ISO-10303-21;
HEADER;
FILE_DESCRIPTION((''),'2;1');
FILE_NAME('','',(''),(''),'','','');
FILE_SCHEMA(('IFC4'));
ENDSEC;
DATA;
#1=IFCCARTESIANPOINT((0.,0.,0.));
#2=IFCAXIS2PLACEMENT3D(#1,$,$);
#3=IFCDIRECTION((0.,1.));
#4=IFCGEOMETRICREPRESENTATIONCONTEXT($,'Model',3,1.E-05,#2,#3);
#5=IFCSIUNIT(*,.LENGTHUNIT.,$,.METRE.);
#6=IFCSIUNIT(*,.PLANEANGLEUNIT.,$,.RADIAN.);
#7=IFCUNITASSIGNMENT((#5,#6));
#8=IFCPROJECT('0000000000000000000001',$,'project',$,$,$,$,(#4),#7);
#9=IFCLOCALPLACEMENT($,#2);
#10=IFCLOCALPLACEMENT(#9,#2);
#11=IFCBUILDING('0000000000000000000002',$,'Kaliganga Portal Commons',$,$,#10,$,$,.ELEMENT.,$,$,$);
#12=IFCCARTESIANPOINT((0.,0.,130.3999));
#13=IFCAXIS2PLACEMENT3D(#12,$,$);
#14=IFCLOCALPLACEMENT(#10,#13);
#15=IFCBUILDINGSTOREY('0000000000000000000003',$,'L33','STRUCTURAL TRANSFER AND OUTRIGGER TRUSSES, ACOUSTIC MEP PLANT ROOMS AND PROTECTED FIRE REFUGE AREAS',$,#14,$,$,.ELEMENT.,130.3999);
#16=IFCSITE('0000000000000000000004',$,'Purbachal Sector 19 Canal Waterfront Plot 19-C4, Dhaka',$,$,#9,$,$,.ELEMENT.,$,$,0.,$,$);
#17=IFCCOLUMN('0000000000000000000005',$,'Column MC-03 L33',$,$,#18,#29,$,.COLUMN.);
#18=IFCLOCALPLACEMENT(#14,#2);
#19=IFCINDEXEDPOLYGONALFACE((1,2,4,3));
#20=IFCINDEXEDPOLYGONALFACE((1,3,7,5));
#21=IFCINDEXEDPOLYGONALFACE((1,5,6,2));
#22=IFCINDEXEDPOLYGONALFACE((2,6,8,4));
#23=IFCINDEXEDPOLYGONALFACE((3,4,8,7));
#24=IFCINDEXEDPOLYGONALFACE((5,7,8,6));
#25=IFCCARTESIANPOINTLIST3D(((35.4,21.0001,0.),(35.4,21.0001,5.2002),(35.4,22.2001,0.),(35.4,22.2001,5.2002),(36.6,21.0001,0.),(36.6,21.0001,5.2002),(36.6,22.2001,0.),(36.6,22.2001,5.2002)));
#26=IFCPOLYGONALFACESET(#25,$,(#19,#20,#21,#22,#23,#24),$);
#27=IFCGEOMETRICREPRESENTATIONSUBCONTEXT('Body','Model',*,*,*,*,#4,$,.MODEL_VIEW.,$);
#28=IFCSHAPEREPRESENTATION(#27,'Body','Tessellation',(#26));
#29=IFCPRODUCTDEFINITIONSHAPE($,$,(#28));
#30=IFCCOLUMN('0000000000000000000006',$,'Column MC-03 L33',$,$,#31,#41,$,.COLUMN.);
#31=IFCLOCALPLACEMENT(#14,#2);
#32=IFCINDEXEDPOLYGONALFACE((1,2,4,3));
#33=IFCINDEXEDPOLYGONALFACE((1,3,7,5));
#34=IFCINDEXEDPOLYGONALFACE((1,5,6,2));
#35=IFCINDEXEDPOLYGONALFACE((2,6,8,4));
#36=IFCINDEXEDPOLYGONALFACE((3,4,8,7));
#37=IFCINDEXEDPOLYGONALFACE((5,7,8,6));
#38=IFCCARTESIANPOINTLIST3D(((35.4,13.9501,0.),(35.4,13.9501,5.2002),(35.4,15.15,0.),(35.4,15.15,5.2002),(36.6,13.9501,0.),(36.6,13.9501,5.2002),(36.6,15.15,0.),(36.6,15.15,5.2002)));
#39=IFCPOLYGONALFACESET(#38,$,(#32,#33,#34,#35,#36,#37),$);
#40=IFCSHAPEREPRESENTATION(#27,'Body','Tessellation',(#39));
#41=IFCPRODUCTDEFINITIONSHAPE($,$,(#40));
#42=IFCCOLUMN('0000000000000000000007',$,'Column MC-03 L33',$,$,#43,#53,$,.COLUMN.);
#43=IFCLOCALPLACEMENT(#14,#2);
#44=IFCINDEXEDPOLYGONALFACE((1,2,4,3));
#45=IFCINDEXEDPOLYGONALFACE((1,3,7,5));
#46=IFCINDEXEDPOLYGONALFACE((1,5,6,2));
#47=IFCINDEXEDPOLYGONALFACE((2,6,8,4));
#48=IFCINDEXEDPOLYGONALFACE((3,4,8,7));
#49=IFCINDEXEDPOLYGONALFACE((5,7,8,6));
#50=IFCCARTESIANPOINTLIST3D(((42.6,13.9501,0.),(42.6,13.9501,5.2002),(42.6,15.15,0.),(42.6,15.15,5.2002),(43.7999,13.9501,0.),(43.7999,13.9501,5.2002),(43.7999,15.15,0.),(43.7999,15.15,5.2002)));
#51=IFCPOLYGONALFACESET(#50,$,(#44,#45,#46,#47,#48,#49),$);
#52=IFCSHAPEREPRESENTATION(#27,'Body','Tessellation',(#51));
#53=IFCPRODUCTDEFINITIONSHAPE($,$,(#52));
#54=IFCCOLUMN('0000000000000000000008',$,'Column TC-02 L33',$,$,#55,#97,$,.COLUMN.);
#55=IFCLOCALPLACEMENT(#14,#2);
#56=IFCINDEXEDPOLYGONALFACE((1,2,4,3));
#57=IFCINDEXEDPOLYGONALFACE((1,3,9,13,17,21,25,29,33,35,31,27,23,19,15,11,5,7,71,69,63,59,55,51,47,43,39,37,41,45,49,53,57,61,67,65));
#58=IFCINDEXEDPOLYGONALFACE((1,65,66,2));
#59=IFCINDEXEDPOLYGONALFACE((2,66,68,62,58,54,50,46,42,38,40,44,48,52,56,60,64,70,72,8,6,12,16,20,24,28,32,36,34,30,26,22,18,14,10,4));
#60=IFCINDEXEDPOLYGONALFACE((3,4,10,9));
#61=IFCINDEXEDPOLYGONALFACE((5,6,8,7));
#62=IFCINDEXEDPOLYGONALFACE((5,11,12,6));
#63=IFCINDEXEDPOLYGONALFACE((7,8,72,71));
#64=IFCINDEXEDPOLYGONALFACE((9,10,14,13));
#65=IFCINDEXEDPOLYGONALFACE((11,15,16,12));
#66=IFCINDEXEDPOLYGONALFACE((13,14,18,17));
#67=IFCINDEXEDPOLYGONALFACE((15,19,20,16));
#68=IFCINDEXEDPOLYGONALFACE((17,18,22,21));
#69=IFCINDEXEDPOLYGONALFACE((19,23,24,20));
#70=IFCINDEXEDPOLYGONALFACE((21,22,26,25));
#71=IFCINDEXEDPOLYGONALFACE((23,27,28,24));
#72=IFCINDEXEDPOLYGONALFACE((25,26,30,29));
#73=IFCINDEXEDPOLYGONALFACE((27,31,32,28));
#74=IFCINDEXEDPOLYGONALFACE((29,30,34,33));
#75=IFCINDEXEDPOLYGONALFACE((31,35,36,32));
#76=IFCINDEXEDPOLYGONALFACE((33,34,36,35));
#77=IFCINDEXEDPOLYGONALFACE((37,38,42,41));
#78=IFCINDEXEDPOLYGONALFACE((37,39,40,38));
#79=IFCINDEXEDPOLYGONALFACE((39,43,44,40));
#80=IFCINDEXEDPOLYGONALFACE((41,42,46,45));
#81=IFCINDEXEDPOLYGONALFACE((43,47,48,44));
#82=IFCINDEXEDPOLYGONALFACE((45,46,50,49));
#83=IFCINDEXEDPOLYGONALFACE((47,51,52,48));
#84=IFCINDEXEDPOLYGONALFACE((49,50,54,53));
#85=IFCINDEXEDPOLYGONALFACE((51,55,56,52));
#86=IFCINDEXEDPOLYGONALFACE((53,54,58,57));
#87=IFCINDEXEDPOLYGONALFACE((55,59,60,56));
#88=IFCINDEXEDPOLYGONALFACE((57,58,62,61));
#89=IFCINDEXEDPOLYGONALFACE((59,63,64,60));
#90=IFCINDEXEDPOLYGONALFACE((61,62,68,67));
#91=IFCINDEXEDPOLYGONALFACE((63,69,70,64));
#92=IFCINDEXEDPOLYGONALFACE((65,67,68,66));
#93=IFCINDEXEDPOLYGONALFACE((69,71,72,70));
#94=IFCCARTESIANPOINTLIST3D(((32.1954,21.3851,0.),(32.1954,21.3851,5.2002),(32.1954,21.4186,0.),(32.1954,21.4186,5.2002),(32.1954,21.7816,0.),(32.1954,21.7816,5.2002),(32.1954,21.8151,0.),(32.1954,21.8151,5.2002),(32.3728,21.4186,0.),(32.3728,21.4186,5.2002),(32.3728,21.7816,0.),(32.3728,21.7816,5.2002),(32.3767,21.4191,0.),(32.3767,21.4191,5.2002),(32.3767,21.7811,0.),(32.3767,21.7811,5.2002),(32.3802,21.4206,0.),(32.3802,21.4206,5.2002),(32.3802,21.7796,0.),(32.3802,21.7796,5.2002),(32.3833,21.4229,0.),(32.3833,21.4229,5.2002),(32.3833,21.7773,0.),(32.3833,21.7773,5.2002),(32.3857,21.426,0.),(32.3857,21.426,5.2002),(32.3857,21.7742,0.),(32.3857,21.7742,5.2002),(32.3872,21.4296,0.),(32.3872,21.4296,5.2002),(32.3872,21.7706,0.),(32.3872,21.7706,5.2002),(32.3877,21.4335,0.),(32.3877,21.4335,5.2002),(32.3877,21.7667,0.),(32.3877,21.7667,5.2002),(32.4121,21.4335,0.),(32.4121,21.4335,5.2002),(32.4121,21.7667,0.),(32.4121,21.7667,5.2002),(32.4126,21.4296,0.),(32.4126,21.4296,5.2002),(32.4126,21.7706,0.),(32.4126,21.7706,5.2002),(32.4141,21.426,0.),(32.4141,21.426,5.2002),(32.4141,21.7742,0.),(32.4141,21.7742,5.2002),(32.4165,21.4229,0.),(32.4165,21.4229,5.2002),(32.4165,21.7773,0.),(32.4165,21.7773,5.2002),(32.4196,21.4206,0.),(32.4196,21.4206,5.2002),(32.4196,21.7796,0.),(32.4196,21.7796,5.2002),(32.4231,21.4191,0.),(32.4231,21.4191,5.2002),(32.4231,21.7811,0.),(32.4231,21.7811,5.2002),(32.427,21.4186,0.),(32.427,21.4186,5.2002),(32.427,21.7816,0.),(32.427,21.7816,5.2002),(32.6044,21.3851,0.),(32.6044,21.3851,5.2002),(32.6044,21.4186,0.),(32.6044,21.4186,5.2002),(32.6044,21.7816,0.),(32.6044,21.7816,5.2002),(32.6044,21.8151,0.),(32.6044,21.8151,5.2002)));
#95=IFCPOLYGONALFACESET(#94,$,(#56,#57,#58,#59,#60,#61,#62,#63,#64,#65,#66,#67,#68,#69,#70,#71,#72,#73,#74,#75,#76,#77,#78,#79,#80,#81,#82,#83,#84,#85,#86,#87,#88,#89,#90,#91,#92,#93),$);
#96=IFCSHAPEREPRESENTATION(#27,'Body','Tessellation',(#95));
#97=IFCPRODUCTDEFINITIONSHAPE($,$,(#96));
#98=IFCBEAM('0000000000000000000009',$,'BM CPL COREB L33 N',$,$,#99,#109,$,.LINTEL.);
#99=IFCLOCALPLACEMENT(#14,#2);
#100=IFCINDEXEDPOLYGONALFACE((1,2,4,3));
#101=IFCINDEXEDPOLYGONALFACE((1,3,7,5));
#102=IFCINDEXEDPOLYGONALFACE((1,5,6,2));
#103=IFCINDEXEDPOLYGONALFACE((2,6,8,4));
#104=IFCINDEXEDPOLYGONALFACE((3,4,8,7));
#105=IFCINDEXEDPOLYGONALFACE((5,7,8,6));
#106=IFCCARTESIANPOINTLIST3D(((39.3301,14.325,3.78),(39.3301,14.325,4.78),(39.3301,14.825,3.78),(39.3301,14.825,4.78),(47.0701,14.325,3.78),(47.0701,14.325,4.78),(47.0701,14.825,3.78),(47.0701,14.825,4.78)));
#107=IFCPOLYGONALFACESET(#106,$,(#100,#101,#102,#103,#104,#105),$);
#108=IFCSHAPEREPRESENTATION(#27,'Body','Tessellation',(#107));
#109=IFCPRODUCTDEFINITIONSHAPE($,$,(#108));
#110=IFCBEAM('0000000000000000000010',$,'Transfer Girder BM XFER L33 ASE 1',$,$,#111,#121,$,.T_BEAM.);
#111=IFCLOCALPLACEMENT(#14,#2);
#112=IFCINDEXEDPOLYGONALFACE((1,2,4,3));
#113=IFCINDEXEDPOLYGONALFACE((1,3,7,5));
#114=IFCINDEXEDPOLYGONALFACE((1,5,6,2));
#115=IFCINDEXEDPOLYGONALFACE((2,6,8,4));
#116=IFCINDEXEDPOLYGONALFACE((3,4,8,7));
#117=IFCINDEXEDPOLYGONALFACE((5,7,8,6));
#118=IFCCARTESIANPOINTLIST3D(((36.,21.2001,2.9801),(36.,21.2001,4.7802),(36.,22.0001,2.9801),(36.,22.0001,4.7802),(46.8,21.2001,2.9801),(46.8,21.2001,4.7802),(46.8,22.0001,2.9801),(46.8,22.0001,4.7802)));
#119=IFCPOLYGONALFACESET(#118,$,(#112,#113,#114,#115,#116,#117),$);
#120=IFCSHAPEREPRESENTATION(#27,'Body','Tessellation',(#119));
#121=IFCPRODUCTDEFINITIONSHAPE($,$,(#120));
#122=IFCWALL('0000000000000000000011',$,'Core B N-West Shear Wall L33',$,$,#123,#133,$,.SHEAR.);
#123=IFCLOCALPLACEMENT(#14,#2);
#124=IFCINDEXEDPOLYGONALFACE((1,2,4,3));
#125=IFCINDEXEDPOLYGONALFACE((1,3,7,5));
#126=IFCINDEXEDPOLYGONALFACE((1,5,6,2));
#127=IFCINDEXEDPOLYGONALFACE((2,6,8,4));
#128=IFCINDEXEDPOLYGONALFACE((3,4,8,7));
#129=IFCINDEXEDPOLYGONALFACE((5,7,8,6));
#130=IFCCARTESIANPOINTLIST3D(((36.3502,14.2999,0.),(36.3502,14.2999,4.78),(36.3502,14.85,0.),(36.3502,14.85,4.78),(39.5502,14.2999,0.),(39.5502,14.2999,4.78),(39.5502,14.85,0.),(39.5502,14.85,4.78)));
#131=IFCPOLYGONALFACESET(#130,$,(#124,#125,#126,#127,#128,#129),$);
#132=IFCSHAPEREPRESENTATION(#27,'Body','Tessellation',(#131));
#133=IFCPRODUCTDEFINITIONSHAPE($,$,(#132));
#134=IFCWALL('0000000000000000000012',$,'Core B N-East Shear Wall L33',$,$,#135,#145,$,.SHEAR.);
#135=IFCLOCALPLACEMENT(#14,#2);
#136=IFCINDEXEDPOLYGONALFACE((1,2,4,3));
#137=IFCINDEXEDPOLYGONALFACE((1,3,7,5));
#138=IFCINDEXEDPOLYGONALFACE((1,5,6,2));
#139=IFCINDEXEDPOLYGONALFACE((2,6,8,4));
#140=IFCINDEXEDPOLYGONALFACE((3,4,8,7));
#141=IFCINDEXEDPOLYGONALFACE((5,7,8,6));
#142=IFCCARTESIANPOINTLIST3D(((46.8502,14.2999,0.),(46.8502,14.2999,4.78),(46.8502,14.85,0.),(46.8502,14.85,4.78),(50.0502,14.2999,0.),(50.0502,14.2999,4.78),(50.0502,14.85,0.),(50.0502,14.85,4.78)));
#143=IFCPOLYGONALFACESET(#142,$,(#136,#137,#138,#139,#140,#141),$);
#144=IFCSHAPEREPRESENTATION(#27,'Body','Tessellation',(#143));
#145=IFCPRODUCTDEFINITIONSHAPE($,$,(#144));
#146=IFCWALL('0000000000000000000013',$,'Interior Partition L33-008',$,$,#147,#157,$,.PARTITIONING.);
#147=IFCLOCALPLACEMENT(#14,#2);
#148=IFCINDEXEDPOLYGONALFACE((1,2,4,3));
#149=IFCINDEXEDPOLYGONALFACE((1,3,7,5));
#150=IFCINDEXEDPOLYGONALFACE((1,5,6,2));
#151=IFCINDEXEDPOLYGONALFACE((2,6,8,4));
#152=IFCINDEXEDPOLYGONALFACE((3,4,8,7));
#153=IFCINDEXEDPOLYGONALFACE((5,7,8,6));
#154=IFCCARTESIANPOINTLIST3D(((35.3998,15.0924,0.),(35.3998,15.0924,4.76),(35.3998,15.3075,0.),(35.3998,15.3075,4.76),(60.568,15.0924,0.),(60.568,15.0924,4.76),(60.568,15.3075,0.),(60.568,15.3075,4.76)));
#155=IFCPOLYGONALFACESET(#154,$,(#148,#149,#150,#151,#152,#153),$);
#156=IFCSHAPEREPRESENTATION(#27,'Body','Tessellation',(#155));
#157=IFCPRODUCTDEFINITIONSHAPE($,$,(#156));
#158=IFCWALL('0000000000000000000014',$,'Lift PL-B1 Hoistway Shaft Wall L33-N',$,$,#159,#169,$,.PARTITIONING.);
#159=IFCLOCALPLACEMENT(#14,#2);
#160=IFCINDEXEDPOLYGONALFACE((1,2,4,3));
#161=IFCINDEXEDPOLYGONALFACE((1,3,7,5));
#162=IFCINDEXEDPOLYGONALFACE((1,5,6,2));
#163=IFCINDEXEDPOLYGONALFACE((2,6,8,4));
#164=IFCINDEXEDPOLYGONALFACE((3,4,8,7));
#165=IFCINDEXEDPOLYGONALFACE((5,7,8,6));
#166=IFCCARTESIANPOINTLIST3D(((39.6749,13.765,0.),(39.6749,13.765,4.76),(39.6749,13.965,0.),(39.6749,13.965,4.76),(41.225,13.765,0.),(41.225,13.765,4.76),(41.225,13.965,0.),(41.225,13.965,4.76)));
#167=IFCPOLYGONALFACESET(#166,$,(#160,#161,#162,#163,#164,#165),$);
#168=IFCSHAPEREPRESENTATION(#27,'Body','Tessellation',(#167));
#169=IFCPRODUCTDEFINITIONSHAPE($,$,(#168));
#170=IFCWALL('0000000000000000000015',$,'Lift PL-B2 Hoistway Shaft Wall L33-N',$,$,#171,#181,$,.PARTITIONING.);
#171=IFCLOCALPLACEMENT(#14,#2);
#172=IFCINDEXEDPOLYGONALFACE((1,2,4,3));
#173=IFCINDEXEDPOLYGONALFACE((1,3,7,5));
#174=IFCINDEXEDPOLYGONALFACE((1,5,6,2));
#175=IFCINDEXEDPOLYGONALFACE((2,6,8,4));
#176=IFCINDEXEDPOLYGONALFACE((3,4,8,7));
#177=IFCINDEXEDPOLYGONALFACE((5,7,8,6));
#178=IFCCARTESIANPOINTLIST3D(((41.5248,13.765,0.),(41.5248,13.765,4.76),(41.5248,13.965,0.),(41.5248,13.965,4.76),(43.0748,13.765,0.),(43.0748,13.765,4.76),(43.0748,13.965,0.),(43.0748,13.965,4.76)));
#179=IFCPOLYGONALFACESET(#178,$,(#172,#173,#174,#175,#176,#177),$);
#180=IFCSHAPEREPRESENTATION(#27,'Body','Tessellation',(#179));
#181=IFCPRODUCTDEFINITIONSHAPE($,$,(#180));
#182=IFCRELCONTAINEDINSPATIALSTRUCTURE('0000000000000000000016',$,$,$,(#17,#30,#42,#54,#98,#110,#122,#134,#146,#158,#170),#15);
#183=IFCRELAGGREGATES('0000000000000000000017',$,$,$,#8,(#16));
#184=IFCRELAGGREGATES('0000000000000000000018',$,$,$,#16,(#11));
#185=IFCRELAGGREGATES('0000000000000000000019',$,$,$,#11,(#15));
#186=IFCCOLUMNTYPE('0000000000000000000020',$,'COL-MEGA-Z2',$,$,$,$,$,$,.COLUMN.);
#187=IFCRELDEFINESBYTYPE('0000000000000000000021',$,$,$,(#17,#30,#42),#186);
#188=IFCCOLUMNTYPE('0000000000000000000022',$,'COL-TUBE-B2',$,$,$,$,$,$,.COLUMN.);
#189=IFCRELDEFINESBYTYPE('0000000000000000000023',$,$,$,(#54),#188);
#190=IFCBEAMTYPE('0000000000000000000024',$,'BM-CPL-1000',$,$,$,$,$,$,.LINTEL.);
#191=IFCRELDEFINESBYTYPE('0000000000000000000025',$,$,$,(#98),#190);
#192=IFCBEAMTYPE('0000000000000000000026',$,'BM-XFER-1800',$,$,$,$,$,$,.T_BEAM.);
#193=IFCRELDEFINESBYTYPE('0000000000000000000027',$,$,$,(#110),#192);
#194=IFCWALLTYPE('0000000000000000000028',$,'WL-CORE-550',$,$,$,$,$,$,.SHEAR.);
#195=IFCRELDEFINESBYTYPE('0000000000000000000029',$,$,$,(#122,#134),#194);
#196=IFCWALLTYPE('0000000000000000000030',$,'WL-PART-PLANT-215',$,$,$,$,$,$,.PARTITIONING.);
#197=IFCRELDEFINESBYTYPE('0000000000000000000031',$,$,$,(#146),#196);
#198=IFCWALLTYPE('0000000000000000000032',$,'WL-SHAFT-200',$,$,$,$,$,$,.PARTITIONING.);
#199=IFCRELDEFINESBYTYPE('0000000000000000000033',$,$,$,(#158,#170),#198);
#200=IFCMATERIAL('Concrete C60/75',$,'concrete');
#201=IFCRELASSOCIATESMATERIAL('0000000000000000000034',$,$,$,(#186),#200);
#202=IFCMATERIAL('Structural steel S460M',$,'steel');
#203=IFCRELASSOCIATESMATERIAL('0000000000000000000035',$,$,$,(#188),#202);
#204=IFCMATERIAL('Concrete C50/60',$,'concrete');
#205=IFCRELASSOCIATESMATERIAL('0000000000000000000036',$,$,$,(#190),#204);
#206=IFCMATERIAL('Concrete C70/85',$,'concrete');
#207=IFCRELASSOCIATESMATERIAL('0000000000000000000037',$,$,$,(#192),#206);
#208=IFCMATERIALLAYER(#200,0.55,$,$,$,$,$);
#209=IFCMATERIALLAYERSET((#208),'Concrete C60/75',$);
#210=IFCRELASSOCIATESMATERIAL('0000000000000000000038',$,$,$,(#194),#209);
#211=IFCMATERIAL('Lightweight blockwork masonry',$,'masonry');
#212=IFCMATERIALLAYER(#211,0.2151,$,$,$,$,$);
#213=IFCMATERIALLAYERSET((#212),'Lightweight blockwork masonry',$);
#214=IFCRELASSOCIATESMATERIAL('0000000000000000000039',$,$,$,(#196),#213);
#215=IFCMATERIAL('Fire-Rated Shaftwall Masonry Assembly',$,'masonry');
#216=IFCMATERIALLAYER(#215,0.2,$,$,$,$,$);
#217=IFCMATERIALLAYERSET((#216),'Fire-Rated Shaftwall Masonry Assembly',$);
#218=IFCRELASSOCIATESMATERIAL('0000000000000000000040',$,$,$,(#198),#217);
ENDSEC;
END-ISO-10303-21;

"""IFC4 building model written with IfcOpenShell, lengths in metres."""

from ifc_helpers import new_model, si_unit, direction, frame, frame_2d, origin, origin_2d, place, context, subcontext, project, spatial, rectangle, i_section, extrude, source, transform, mapped, material, layer, layer_set, material_profile, profile_set, type_object, element, save


model = new_model("IFC4")

# Units and contexts
model_context = context("Model", 3, precision=1e-05, world=origin(), true_north=direction((0.0, 1.0)))
body_context = subcontext(model_context, "Body", "Model", "MODEL_VIEW")
ifc_project = project(units=[si_unit("LENGTHUNIT", "METRE"), si_unit("PLANEANGLEUNIT", "RADIAN")], contexts=[model_context])

# Site, building, storey
site_placement = place(None, origin())
site = spatial("IfcSite", under=ifc_project, at=site_placement, Name="Purbachal Sector 19 Canal Waterfront Plot 19-C4, Dhaka", CompositionType="ELEMENT", RefElevation=0.0)
building_placement = place(site_placement, origin())
building = spatial("IfcBuilding", under=site, at=building_placement, Name="Kaliganga Portal Commons", CompositionType="ELEMENT")
storey_placement = place(building_placement, frame((0.0, 0.0, 130.3999)))
storey = spatial("IfcBuildingStorey", under=building, at=storey_placement, Name="L33", Description="STRUCTURAL TRANSFER AND OUTRIGGER TRUSSES, ACOUSTIC MEP PLANT ROOMS AND PROTECTED FIRE REFUGE AREAS", CompositionType="ELEMENT", Elevation=130.3999)

# Columns
ifc_material_1 = material(Name="Concrete C60/75", Category="concrete")
ifc_material_profile_1 = material_profile(ifc_material_1, rectangle(XDim=1.2, YDim=1.2, at=origin_2d()), Name="RC 1200x1200")
ifc_profile_set_1 = profile_set([ifc_material_profile_1], Name="Concrete C60/75")
column_type_1 = type_object("IfcColumnType", Name="COL-MEGA-Z2", PredefinedType="COLUMN", material=ifc_profile_set_1)
shared_shape_1 = source(origin(), body_context, "Body", "SweptSolid", [
    extrude(rectangle(XDim=1.2, YDim=1.2, at=origin_2d()), origin(), (0.0, 0.0, 1.0), 5.2002),
])
for number, where, z_axis, x_axis, name in (
    (1, (36.0, 21.6001, 0.0), (0.0, 0.0, 1.0), (1.0, 0.0, 0.0), "Column MC-03 L33"),
    (2, (36.0, 14.55, 0.0), (0.0, 0.0, 1.0), (1.0, 0.0, 0.0), "Column MC-03 L33"),
    (3, (43.2, 14.55, 0.0), (0.0, 0.0, 1.0), (1.0, 0.0, 0.0), "Column MC-03 L33"),
):
    element("IfcColumn", number, at=place(storey_placement, frame(where, z_axis=z_axis, x_axis=x_axis)), inside=storey, type_object=column_type_1, Name=name, PredefinedType="COLUMN", context=body_context, shape_type="MappedRepresentation", body=[
        mapped(shared_shape_1, transform((0.0, 0.0, 0.0), x_axis=(1.0, 0.0, 0.0), y_axis=(0.0, 1.0, 0.0), z_axis=(0.0, 0.0, 1.0), scale=1.0)),
    ])
ifc_material_2 = material(Name="Structural steel S460M", Category="steel")
ifc_material_profile_2 = material_profile(ifc_material_2, i_section(OverallWidth=0.4089, OverallDepth=0.4299, WebThickness=0.0244, FlangeThickness=0.0334, FilletRadius=0.0149, at=origin_2d()), Name="HD 400x421")
ifc_profile_set_2 = profile_set([ifc_material_profile_2], Name="Structural steel S460M wide-flange")
column_type_2 = type_object("IfcColumnType", Name="COL-TUBE-B2", PredefinedType="COLUMN", material=ifc_profile_set_2)
shared_shape_2 = source(origin(), body_context, "Body", "SweptSolid", [
    extrude(i_section(OverallWidth=0.4089, OverallDepth=0.4299, WebThickness=0.0244, FlangeThickness=0.0334, FilletRadius=0.0149, at=origin_2d()), origin(), (0.0, 0.0, 1.0), 5.2002),
])
column_placement = place(storey_placement, frame((32.3999, 21.6001, 0.0), z_axis=(0.0, 0.0, 1.0), x_axis=(1.0, 0.0, 0.0)))
element("IfcColumn", 4, at=column_placement, inside=storey, type_object=column_type_2, Name="Column TC-02 L33", PredefinedType="COLUMN", context=body_context, shape_type="MappedRepresentation", body=[
    mapped(shared_shape_2, transform((0.0, 0.0, 0.0), x_axis=(1.0, 0.0, 0.0), y_axis=(0.0, 1.0, 0.0), z_axis=(0.0, 0.0, 1.0), scale=1.0)),
])

# Beams
ifc_material_3 = material(Name="Concrete C50/60", Category="concrete")
ifc_material_profile_3 = material_profile(ifc_material_3, rectangle(XDim=0.5, YDim=1.0, at=origin_2d()), Name="RC 500x1000")
ifc_profile_set_3 = profile_set([ifc_material_profile_3], Name="Concrete C50/60")
beam_type_1 = type_object("IfcBeamType", Name="BM-CPL-1000", PredefinedType="LINTEL", material=ifc_profile_set_3)
shared_shape_3 = source(origin(), body_context, "Body", "SweptSolid", [
    extrude(rectangle(XDim=0.5, YDim=1.0, at=origin_2d()), origin(), (0.0, 0.0, 1.0), 7.74),
])
beam_1_placement = place(storey_placement, frame((39.3301, 14.575, 4.28), z_axis=(1.0, 0.0, 0.0), x_axis=(0.0, 1.0, 0.0)))
element("IfcBeam", 5, at=beam_1_placement, inside=storey, type_object=beam_type_1, Name="BM CPL COREB L33 N", PredefinedType="LINTEL", context=body_context, shape_type="MappedRepresentation", body=[
    mapped(shared_shape_3, transform((0.0, 0.0, 0.0), x_axis=(1.0, 0.0, 0.0), y_axis=(0.0, 1.0, 0.0), z_axis=(0.0, 0.0, 1.0), scale=1.0)),
])
ifc_material_4 = material(Name="Concrete C70/85", Category="concrete")
ifc_material_profile_4 = material_profile(ifc_material_4, rectangle(XDim=0.8, YDim=1.8, at=origin_2d()), Name="RC 800x1800")
ifc_profile_set_4 = profile_set([ifc_material_profile_4], Name="Concrete C70/85")
beam_type_2 = type_object("IfcBeamType", Name="BM-XFER-1800", PredefinedType="T_BEAM", material=ifc_profile_set_4)
shared_shape_4 = source(origin(), body_context, "Body", "SweptSolid", [
    extrude(rectangle(XDim=0.8, YDim=1.8, at=origin_2d()), origin(), (0.0, 0.0, 1.0), 10.8),
])
beam_2_placement = place(storey_placement, frame((36.0, 21.6001, 3.8801), z_axis=(1.0, 0.0, 0.0), x_axis=(0.0, 1.0, 0.0)))
element("IfcBeam", 6, at=beam_2_placement, inside=storey, type_object=beam_type_2, Name="Transfer Girder BM XFER L33 ASE 1", PredefinedType="T_BEAM", context=body_context, shape_type="MappedRepresentation", body=[
    mapped(shared_shape_4, transform((0.0, 0.0, 0.0), x_axis=(1.0, 0.0, 0.0), y_axis=(0.0, 1.0, 0.0), z_axis=(0.0, 0.0, 1.0), scale=1.0)),
])

# Walls
ifc_layer_1 = layer(ifc_material_1, 0.55)
ifc_layer_set_1 = layer_set([ifc_layer_1], Name="Concrete C60/75")
wall_type_1 = type_object("IfcWallType", Name="WL-CORE-550", PredefinedType="SHEAR", material=ifc_layer_set_1)
for number, where, z_axis, x_axis, name in (
    (7, (36.3501, 14.575, 0.0), (0.0, 0.0, 1.0), (1.0, 0.0, 0.0), "Core B N-West Shear Wall L33"),
    (8, (46.8501, 14.575, 0.0), (0.0, 0.0, 1.0), (1.0, 0.0, 0.0), "Core B N-East Shear Wall L33"),
):
    element("IfcWall", number, at=place(storey_placement, frame(where, z_axis=z_axis, x_axis=x_axis)), inside=storey, type_object=wall_type_1, Name=name, PredefinedType="SHEAR", context=body_context, shape_type="SweptSolid", body=[
        extrude(rectangle(XDim=3.2, YDim=0.55, at=frame_2d((1.6001, 0.0))), origin(), (0.0, 0.0, 1.0), 4.78),
    ])

# Shared definitions
ifc_material_5 = material(Name="Lightweight blockwork masonry", Category="masonry")
ifc_layer_2 = layer(ifc_material_5, 0.2151)
ifc_layer_set_2 = layer_set([ifc_layer_2], Name="Lightweight blockwork masonry")
wall_type_2 = type_object("IfcWallType", Name="WL-PART-PLANT-215", PredefinedType="PARTITIONING", material=ifc_layer_set_2)

# Walls
wall_1_placement = place(storey_placement, frame((35.3999, 15.2, 0.0), z_axis=(0.0, 0.0, 1.0), x_axis=(1.0, 0.0, 0.0)))
element("IfcWall", 9, at=wall_1_placement, inside=storey, type_object=wall_type_2, Name="Interior Partition L33-008", PredefinedType="PARTITIONING", context=body_context, shape_type="SweptSolid", body=[
    extrude(rectangle(XDim=25.1682, YDim=0.2151, at=frame_2d((12.584, 0.0))), origin(), (0.0, 0.0, 1.0), 4.76),
])
ifc_material_6 = material(Name="Fire-Rated Shaftwall Masonry Assembly", Category="masonry")
ifc_layer_3 = layer(ifc_material_6, 0.2)
ifc_layer_set_3 = layer_set([ifc_layer_3], Name="Fire-Rated Shaftwall Masonry Assembly")
wall_type_3 = type_object("IfcWallType", Name="WL-SHAFT-200", PredefinedType="PARTITIONING", material=ifc_layer_set_3)
for number, where, z_axis, x_axis, name in (
    (10, (39.675, 13.865, 0.0), (0.0, 0.0, 1.0), (1.0, 0.0, 0.0), "Lift PL-B1 Hoistway Shaft Wall L33-N"),
    (11, (41.5249, 13.865, 0.0), (0.0, 0.0, 1.0), (1.0, 0.0, 0.0), "Lift PL-B2 Hoistway Shaft Wall L33-N"),
):
    element("IfcWall", number, at=place(storey_placement, frame(where, z_axis=z_axis, x_axis=x_axis)), inside=storey, type_object=wall_type_3, Name=name, PredefinedType="PARTITIONING", context=body_context, shape_type="SweptSolid", body=[
        extrude(rectangle(XDim=1.55, YDim=0.2, at=frame_2d((0.7749, 0.0))), origin(), (0.0, 0.0, 1.0), 4.76),
    ])

save(model, "model.ifc")
